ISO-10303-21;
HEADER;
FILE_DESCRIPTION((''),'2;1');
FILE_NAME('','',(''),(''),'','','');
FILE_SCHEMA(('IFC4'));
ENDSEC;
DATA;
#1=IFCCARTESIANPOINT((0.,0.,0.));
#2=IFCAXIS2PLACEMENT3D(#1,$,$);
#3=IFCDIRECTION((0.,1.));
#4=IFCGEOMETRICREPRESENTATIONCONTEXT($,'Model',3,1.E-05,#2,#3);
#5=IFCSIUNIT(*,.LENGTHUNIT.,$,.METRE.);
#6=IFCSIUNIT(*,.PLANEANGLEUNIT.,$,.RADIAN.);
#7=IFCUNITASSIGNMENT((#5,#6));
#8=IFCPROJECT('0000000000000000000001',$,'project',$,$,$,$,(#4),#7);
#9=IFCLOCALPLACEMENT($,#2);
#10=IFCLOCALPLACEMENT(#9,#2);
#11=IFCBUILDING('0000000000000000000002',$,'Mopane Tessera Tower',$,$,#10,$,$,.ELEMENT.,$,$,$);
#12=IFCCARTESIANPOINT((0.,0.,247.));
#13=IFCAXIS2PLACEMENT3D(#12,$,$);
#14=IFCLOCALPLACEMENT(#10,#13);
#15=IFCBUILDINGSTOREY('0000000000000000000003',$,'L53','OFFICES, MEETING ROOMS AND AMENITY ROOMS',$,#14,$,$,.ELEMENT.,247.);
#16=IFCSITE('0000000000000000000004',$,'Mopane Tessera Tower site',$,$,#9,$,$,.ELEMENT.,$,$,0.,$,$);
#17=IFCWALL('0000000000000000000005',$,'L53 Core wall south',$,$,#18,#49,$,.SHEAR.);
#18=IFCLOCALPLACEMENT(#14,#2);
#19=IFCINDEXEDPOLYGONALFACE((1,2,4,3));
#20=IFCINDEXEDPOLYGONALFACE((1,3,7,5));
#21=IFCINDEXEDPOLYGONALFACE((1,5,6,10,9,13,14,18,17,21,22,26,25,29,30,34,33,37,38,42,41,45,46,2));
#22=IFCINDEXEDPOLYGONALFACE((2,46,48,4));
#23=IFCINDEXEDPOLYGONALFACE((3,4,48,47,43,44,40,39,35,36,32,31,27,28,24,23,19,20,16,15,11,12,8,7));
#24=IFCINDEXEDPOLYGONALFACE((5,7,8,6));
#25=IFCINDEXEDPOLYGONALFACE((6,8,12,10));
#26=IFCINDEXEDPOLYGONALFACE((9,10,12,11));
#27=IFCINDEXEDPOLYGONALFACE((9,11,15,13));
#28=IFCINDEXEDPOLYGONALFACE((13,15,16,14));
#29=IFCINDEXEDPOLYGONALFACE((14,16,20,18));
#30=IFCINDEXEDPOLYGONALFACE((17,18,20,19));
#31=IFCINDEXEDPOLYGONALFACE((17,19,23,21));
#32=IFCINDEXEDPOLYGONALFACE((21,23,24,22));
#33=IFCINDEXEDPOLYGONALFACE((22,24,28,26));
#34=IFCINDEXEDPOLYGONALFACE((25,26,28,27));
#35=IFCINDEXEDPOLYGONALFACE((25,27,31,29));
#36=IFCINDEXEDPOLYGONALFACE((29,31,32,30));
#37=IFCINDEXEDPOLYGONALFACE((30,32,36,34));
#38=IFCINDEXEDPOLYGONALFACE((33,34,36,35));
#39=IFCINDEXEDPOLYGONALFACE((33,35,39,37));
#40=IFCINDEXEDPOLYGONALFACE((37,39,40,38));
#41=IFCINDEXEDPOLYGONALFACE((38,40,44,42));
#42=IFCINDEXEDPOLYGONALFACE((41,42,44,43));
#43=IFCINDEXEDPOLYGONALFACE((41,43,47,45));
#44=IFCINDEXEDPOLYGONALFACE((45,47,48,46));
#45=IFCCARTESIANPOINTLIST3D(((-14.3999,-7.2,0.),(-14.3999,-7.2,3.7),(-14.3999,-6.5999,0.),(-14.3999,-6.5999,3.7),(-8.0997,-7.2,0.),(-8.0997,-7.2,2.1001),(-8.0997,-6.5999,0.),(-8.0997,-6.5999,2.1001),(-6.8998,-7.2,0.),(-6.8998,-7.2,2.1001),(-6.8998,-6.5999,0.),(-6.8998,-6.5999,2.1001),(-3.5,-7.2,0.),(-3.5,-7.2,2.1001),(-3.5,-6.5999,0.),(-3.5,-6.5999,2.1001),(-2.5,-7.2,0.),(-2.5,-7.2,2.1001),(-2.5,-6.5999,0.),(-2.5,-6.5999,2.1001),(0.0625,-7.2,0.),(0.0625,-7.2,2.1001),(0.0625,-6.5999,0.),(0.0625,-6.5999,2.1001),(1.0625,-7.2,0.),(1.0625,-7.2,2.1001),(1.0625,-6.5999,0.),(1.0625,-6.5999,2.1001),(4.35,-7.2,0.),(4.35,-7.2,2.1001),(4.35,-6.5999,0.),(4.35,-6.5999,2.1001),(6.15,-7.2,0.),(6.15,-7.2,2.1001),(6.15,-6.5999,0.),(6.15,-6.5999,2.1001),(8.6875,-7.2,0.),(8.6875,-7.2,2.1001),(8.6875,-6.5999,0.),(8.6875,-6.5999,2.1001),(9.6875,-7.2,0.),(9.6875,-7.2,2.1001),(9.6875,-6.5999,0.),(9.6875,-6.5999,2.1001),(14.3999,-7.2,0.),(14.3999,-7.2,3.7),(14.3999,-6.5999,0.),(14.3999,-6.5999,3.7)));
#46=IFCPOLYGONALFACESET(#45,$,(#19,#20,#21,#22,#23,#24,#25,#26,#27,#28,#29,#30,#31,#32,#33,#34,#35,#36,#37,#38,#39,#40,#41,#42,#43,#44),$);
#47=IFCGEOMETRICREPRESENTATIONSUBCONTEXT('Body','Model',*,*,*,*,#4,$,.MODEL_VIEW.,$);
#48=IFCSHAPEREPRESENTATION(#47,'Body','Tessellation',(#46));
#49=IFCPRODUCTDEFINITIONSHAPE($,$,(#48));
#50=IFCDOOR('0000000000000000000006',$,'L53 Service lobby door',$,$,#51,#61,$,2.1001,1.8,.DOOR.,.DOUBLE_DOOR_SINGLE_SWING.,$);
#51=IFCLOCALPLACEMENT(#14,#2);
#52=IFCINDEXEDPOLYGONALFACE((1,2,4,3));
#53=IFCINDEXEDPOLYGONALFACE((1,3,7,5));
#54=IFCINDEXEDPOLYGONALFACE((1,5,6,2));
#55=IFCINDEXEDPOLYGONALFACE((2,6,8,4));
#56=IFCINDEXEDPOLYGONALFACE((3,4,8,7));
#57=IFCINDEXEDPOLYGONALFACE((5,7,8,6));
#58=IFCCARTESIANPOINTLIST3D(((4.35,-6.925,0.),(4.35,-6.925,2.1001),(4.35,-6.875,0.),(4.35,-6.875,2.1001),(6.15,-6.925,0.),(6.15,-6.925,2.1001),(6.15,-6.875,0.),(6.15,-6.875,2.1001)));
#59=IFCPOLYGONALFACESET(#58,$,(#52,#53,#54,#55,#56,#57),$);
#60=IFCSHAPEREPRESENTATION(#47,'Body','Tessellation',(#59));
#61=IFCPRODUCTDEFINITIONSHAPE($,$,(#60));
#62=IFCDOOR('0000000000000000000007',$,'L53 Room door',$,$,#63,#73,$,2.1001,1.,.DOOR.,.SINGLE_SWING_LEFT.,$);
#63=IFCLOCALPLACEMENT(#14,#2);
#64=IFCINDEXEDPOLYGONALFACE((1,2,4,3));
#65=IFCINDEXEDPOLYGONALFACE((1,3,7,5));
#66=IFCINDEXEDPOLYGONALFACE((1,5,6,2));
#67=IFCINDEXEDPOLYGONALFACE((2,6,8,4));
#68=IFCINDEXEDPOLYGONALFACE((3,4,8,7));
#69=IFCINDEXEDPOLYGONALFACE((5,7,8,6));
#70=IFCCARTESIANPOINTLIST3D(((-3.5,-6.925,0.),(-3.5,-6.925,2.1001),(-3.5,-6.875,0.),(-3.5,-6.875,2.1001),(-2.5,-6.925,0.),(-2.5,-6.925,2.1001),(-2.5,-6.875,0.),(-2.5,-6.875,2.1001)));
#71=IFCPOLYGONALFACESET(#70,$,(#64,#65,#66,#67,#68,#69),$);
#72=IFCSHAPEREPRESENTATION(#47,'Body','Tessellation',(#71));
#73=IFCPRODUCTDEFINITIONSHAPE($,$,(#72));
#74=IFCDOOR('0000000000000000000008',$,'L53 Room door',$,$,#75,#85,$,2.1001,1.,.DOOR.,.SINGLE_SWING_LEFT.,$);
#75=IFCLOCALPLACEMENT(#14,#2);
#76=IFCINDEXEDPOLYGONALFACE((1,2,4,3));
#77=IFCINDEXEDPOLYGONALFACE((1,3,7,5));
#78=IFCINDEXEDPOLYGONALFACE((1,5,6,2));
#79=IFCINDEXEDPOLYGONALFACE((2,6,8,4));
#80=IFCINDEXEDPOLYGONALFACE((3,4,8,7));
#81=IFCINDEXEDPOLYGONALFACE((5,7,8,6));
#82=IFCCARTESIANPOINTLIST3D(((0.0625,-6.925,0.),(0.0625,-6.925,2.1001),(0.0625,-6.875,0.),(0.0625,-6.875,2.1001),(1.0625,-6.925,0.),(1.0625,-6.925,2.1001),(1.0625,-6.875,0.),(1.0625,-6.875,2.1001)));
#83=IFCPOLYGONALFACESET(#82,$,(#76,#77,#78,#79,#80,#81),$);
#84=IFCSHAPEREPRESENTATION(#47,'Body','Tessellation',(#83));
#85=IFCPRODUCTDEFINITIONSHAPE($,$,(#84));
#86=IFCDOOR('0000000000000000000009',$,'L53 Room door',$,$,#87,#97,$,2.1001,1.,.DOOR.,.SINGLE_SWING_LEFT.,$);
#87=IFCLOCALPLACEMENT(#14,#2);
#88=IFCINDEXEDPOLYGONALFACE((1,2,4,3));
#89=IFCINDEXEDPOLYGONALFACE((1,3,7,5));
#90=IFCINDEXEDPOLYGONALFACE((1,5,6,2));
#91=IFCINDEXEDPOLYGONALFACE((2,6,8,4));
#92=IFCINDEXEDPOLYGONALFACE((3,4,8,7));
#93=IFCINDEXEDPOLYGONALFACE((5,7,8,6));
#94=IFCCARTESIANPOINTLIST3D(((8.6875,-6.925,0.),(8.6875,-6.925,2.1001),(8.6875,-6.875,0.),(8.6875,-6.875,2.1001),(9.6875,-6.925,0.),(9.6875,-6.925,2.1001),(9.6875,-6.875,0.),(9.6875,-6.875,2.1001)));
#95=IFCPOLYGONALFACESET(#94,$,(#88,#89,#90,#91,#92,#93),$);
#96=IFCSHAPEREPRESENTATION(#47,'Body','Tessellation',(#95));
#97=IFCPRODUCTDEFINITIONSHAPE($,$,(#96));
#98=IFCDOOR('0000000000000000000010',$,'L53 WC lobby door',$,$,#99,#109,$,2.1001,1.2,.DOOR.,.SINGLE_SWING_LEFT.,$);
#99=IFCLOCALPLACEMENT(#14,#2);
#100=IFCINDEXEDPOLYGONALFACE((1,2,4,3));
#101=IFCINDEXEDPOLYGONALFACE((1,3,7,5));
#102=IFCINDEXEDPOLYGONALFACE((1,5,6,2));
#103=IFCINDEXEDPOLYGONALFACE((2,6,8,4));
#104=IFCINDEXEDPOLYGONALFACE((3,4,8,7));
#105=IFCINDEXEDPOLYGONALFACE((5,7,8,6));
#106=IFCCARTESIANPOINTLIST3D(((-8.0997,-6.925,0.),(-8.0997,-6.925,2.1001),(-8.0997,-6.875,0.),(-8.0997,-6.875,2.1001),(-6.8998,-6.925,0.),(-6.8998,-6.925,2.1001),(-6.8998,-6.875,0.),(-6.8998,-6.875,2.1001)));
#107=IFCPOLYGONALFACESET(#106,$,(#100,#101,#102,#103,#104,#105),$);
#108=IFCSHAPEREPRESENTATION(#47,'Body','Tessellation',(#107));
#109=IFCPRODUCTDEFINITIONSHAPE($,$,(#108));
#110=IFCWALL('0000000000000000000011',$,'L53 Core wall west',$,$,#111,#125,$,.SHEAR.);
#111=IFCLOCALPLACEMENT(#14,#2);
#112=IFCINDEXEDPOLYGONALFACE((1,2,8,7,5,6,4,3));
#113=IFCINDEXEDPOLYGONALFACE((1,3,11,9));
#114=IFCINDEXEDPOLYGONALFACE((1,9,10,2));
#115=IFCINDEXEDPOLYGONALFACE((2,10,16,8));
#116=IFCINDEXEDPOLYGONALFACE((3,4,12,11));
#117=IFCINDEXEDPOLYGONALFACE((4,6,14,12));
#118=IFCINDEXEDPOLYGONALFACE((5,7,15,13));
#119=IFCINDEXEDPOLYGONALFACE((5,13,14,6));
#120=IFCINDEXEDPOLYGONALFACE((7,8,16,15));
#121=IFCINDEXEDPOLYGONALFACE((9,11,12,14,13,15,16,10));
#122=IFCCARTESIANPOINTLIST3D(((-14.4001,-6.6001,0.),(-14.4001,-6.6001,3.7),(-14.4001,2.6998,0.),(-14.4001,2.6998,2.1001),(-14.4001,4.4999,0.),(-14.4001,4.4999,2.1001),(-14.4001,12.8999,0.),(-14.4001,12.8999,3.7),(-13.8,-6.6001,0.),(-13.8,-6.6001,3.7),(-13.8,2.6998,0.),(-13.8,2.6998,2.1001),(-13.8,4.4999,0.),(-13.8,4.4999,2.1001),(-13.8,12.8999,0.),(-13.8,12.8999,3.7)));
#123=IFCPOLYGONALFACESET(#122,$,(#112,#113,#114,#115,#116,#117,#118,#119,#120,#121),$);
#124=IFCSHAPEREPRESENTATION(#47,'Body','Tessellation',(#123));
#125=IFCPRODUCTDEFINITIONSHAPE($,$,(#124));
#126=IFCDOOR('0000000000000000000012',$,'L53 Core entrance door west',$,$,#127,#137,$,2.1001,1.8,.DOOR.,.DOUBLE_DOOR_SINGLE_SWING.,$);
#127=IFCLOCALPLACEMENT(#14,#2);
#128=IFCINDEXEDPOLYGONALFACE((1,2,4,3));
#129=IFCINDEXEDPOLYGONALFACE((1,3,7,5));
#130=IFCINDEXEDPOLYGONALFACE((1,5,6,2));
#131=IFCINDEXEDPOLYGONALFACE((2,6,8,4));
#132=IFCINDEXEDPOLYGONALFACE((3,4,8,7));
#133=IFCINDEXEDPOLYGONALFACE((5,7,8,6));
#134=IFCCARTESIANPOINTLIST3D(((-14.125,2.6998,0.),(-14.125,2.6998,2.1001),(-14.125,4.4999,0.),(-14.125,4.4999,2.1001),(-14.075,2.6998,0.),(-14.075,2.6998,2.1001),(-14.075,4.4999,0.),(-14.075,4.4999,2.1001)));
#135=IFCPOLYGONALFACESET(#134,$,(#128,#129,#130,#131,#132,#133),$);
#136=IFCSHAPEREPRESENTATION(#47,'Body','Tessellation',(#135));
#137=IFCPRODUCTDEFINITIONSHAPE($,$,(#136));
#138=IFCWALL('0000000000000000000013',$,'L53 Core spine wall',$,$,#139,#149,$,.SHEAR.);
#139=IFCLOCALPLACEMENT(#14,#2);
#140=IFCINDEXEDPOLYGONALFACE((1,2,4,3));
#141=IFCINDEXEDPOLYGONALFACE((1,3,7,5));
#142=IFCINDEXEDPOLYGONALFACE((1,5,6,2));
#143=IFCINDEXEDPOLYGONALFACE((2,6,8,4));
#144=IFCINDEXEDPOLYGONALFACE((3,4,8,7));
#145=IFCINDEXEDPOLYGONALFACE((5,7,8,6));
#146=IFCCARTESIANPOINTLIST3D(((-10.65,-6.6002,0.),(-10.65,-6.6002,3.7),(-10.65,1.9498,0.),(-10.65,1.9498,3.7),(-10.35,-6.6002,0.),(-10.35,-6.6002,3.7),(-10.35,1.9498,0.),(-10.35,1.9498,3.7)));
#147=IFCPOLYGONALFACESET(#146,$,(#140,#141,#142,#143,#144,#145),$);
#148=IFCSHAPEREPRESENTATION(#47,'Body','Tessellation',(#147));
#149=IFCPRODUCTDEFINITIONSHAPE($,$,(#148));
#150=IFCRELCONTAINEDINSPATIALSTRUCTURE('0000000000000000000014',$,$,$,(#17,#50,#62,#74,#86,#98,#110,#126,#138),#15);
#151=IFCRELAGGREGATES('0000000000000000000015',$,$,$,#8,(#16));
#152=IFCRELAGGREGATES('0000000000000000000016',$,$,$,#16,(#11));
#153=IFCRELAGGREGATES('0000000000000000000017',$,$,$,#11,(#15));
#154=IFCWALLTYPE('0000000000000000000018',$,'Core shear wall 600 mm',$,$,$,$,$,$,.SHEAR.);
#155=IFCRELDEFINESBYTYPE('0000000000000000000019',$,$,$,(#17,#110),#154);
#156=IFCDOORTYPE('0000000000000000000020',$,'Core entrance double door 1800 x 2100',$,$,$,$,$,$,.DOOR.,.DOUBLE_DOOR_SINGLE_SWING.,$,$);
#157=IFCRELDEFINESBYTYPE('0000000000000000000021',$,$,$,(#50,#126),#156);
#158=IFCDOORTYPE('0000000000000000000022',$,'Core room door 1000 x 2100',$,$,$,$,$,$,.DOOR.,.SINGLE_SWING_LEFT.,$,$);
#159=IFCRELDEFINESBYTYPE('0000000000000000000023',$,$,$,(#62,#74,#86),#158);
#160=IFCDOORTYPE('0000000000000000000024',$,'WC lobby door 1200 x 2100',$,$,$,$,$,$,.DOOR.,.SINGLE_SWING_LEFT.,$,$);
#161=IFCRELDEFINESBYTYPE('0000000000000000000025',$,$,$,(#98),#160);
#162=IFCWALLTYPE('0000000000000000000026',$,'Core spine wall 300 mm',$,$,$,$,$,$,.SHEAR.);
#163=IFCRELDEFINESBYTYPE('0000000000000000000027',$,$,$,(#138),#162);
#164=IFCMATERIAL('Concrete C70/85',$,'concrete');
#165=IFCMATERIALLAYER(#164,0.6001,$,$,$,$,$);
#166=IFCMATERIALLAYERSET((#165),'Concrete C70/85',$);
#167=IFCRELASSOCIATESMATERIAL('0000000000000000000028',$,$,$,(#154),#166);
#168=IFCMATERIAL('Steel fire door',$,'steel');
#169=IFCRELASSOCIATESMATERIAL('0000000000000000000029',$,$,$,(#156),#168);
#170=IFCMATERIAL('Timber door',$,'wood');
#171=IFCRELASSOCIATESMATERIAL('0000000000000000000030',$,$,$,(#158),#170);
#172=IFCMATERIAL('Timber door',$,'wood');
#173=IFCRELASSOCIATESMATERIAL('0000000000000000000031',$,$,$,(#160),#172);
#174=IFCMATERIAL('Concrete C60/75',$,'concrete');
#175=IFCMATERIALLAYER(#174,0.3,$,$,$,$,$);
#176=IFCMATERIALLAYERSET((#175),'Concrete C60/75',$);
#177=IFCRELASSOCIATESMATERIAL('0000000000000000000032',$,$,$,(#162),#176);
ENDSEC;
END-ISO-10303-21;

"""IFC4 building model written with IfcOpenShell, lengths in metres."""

from ifc_helpers import new_model, si_unit, direction, frame, frame_2d, origin, place, context, subcontext, project, spatial, rectangle, extrude, material, layer, layer_set, type_object, element, fill, save


model = new_model("IFC4")

# Units and contexts
model_context = context("Model", 3, precision=1e-05, world=origin(), true_north=direction((0.0, 1.0)))
body_context = subcontext(model_context, "Body", "Model", "MODEL_VIEW")
ifc_project = project(units=[si_unit("LENGTHUNIT", "METRE"), si_unit("PLANEANGLEUNIT", "RADIAN")], contexts=[model_context])

# Site, building, storey
site_placement = place(None, origin())
site = spatial("IfcSite", under=ifc_project, at=site_placement, Name="Mopane Tessera Tower site", CompositionType="ELEMENT", RefElevation=0.0)
building_placement = place(site_placement, origin())
building = spatial("IfcBuilding", under=site, at=building_placement, Name="Mopane Tessera Tower", CompositionType="ELEMENT")
storey_placement = place(building_placement, frame((0.0, 0.0, 247.0)))
storey = spatial("IfcBuildingStorey", under=building, at=storey_placement, Name="L53", Description="OFFICES, MEETING ROOMS AND AMENITY ROOMS", CompositionType="ELEMENT", Elevation=247.0)

# Wall, openings, doors
ifc_material_1 = material(Name="Concrete C70/85", Category="concrete")
ifc_layer_1 = layer(ifc_material_1, 0.6001)
ifc_layer_set_1 = layer_set([ifc_layer_1], Name="Concrete C70/85")
wall_type_1 = type_object("IfcWallType", Name="Core shear wall 600 mm", PredefinedType="SHEAR", material=ifc_layer_set_1)
wall_1_placement = place(storey_placement, frame((-14.3999, -6.8999, 0.0), z_axis=(0.0, 0.0, 1.0), x_axis=(1.0, 0.0, 0.0)))
wall_1 = element("IfcWall", 1, at=wall_1_placement, inside=storey, type_object=wall_type_1, Name="L53 Core wall south", PredefinedType="SHEAR", context=body_context, shape_type="SweptSolid", body=[
    extrude(rectangle(XDim=28.7998, YDim=0.6001, at=frame_2d((14.3999, 0.0))), origin(), (0.0, 0.0, 1.0), 3.7),
])
opening_1_placement = place(wall_1_placement, frame((6.3, 0.0, 0.0)))
opening_1 = element("IfcOpeningElement", 2, at=opening_1_placement, cuts=wall_1, PredefinedType="OPENING", context=body_context, shape_type="SweptSolid", body=[
    extrude(rectangle(XDim=1.2, YDim=2.1001, at=frame_2d((0.6001, 1.05))), frame((0.0, 0.312, 0.0), z_axis=(0.0, -1.0, 0.0), x_axis=(1.0, 0.0, 0.0)), (0.0, 0.0, 1.0), 0.624),
])
opening_2_placement = place(wall_1_placement, frame((10.8999, 0.0, 0.0)))
opening_2 = element("IfcOpeningElement", 3, at=opening_2_placement, cuts=wall_1, PredefinedType="OPENING", context=body_context, shape_type="SweptSolid", body=[
    extrude(rectangle(XDim=1.0, YDim=2.1001, at=frame_2d((0.5, 1.05))), frame((0.0, 0.312, 0.0), z_axis=(0.0, -1.0, 0.0), x_axis=(1.0, 0.0, 0.0)), (0.0, 0.0, 1.0), 0.624),
])
opening_3_placement = place(wall_1_placement, frame((14.4624, 0.0, 0.0)))
opening_3 = element("IfcOpeningElement", 4, at=opening_3_placement, cuts=wall_1, PredefinedType="OPENING", context=body_context, shape_type="SweptSolid", body=[
    extrude(rectangle(XDim=1.0, YDim=2.1001, at=frame_2d((0.5, 1.05))), frame((0.0, 0.312, 0.0), z_axis=(0.0, -1.0, 0.0), x_axis=(1.0, 0.0, 0.0)), (0.0, 0.0, 1.0), 0.624),
])
opening_4_placement = place(wall_1_placement, frame((18.75, 0.0, 0.0)))
opening_4 = element("IfcOpeningElement", 5, at=opening_4_placement, cuts=wall_1, PredefinedType="OPENING", context=body_context, shape_type="SweptSolid", body=[
    extrude(rectangle(XDim=1.8, YDim=2.1001, at=frame_2d((0.8999, 1.05))), frame((0.0, 0.312, 0.0), z_axis=(0.0, -1.0, 0.0), x_axis=(1.0, 0.0, 0.0)), (0.0, 0.0, 1.0), 0.624),
])
opening_5_placement = place(wall_1_placement, frame((23.0874, 0.0, 0.0)))
opening_5 = element("IfcOpeningElement", 6, at=opening_5_placement, cuts=wall_1, PredefinedType="OPENING", context=body_context, shape_type="SweptSolid", body=[
    extrude(rectangle(XDim=1.0, YDim=2.1001, at=frame_2d((0.5, 1.05))), frame((0.0, 0.312, 0.0), z_axis=(0.0, -1.0, 0.0), x_axis=(1.0, 0.0, 0.0)), (0.0, 0.0, 1.0), 0.624),
])
ifc_material_2 = material(Name="Steel fire door", Category="steel")
door_type_1 = type_object("IfcDoorType", Name="Core entrance double door 1800 x 2100", OperationType="DOUBLE_DOOR_SINGLE_SWING", PredefinedType="DOOR", material=ifc_material_2)
door_1_placement = place(opening_4_placement, origin())
door_1 = element("IfcDoor", 7, at=door_1_placement, inside=storey, type_object=door_type_1, Name="L53 Service lobby door", OperationType="DOUBLE_DOOR_SINGLE_SWING", OverallHeight=2.1001, OverallWidth=1.8, PredefinedType="DOOR", context=body_context, shape_type="SweptSolid", body=[
    extrude(rectangle(XDim=1.8, YDim=2.1001, at=frame_2d((0.8999, 1.05))), frame((0.0, 0.0249, 0.0), z_axis=(0.0, -1.0, 0.0), x_axis=(1.0, 0.0, 0.0)), (0.0, 0.0, 1.0), 0.05),
])
fill(opening_4, door_1)
ifc_material_3 = material(Name="Timber door", Category="wood")
door_type_2 = type_object("IfcDoorType", Name="Core room door 1000 x 2100", OperationType="SINGLE_SWING_LEFT", PredefinedType="DOOR", material=ifc_material_3)
door_2_placement = place(opening_2_placement, origin())
door_2 = element("IfcDoor", 8, at=door_2_placement, inside=storey, type_object=door_type_2, Name="L53 Room door", OperationType="SINGLE_SWING_LEFT", OverallHeight=2.1001, OverallWidth=1.0, PredefinedType="DOOR", context=body_context, shape_type="SweptSolid", body=[
    extrude(rectangle(XDim=1.0, YDim=2.1001, at=frame_2d((0.5, 1.05))), frame((0.0, 0.0249, 0.0), z_axis=(0.0, -1.0, 0.0), x_axis=(1.0, 0.0, 0.0)), (0.0, 0.0, 1.0), 0.05),
])
fill(opening_2, door_2)
door_3_placement = place(opening_3_placement, origin())
door_3 = element("IfcDoor", 9, at=door_3_placement, inside=storey, type_object=door_type_2, Name="L53 Room door", OperationType="SINGLE_SWING_LEFT", OverallHeight=2.1001, OverallWidth=1.0, PredefinedType="DOOR", context=body_context, shape_type="SweptSolid", body=[
    extrude(rectangle(XDim=1.0, YDim=2.1001, at=frame_2d((0.5, 1.05))), frame((0.0, 0.0249, 0.0), z_axis=(0.0, -1.0, 0.0), x_axis=(1.0, 0.0, 0.0)), (0.0, 0.0, 1.0), 0.05),
])
fill(opening_3, door_3)
door_4_placement = place(opening_5_placement, origin())
door_4 = element("IfcDoor", 10, at=door_4_placement, inside=storey, type_object=door_type_2, Name="L53 Room door", OperationType="SINGLE_SWING_LEFT", OverallHeight=2.1001, OverallWidth=1.0, PredefinedType="DOOR", context=body_context, shape_type="SweptSolid", body=[
    extrude(rectangle(XDim=1.0, YDim=2.1001, at=frame_2d((0.5, 1.05))), frame((0.0, 0.0249, 0.0), z_axis=(0.0, -1.0, 0.0), x_axis=(1.0, 0.0, 0.0)), (0.0, 0.0, 1.0), 0.05),
])
fill(opening_5, door_4)
ifc_material_4 = material(Name="Timber door", Category="wood")
door_type_3 = type_object("IfcDoorType", Name="WC lobby door 1200 x 2100", OperationType="SINGLE_SWING_LEFT", PredefinedType="DOOR", material=ifc_material_4)
door_5_placement = place(opening_1_placement, origin())
door_5 = element("IfcDoor", 11, at=door_5_placement, inside=storey, type_object=door_type_3, Name="L53 WC lobby door", OperationType="SINGLE_SWING_LEFT", OverallHeight=2.1001, OverallWidth=1.2, PredefinedType="DOOR", context=body_context, shape_type="SweptSolid", body=[
    extrude(rectangle(XDim=1.2, YDim=2.1001, at=frame_2d((0.6001, 1.05))), frame((0.0, 0.0249, 0.0), z_axis=(0.0, -1.0, 0.0), x_axis=(1.0, 0.0, 0.0)), (0.0, 0.0, 1.0), 0.05),
])
fill(opening_1, door_5)

# Wall, opening, door
wall_2_placement = place(storey_placement, frame((-14.1001, -6.6001, 0.0), z_axis=(0.0, 0.0, 1.0), x_axis=(0.0, 1.0, 0.0)))
wall_2 = element("IfcWall", 12, at=wall_2_placement, inside=storey, type_object=wall_type_1, Name="L53 Core wall west", PredefinedType="SHEAR", context=body_context, shape_type="SweptSolid", body=[
    extrude(rectangle(XDim=19.5, YDim=0.6001, at=frame_2d((9.75, 0.0))), origin(), (0.0, 0.0, 1.0), 3.7),
])
opening_6_placement = place(wall_2_placement, frame((9.3, 0.0, 0.0)))
opening_6 = element("IfcOpeningElement", 13, at=opening_6_placement, cuts=wall_2, PredefinedType="OPENING", context=body_context, shape_type="SweptSolid", body=[
    extrude(rectangle(XDim=1.8, YDim=2.1001, at=frame_2d((0.8999, 1.05))), frame((0.0, 0.312, 0.0), z_axis=(0.0, -1.0, 0.0), x_axis=(1.0, 0.0, 0.0)), (0.0, 0.0, 1.0), 0.624),
])
door_6_placement = place(opening_6_placement, origin())
door_6 = element("IfcDoor", 14, at=door_6_placement, inside=storey, type_object=door_type_1, Name="L53 Core entrance door west", OperationType="DOUBLE_DOOR_SINGLE_SWING", OverallHeight=2.1001, OverallWidth=1.8, PredefinedType="DOOR", context=body_context, shape_type="SweptSolid", body=[
    extrude(rectangle(XDim=1.8, YDim=2.1001, at=frame_2d((0.8999, 1.05))), frame((0.0, 0.0249, 0.0), z_axis=(0.0, -1.0, 0.0), x_axis=(1.0, 0.0, 0.0)), (0.0, 0.0, 1.0), 0.05),
])
fill(opening_6, door_6)

# Wall
ifc_material_5 = material(Name="Concrete C60/75", Category="concrete")
ifc_layer_2 = layer(ifc_material_5, 0.3)
ifc_layer_set_2 = layer_set([ifc_layer_2], Name="Concrete C60/75")
wall_type_2 = type_object("IfcWallType", Name="Core spine wall 300 mm", PredefinedType="SHEAR", material=ifc_layer_set_2)
wall_3_placement = place(storey_placement, frame((-10.5, -6.6001, 0.0), z_axis=(0.0, 0.0, 1.0), x_axis=(0.0, 1.0, 0.0)))
element("IfcWall", 15, at=wall_3_placement, inside=storey, type_object=wall_type_2, Name="L53 Core spine wall", PredefinedType="SHEAR", context=body_context, shape_type="SweptSolid", body=[
    extrude(rectangle(XDim=8.55, YDim=0.3, at=frame_2d((4.2749, 0.0))), origin(), (0.0, 0.0, 1.0), 3.7),
])

save(model, "model.ifc")
